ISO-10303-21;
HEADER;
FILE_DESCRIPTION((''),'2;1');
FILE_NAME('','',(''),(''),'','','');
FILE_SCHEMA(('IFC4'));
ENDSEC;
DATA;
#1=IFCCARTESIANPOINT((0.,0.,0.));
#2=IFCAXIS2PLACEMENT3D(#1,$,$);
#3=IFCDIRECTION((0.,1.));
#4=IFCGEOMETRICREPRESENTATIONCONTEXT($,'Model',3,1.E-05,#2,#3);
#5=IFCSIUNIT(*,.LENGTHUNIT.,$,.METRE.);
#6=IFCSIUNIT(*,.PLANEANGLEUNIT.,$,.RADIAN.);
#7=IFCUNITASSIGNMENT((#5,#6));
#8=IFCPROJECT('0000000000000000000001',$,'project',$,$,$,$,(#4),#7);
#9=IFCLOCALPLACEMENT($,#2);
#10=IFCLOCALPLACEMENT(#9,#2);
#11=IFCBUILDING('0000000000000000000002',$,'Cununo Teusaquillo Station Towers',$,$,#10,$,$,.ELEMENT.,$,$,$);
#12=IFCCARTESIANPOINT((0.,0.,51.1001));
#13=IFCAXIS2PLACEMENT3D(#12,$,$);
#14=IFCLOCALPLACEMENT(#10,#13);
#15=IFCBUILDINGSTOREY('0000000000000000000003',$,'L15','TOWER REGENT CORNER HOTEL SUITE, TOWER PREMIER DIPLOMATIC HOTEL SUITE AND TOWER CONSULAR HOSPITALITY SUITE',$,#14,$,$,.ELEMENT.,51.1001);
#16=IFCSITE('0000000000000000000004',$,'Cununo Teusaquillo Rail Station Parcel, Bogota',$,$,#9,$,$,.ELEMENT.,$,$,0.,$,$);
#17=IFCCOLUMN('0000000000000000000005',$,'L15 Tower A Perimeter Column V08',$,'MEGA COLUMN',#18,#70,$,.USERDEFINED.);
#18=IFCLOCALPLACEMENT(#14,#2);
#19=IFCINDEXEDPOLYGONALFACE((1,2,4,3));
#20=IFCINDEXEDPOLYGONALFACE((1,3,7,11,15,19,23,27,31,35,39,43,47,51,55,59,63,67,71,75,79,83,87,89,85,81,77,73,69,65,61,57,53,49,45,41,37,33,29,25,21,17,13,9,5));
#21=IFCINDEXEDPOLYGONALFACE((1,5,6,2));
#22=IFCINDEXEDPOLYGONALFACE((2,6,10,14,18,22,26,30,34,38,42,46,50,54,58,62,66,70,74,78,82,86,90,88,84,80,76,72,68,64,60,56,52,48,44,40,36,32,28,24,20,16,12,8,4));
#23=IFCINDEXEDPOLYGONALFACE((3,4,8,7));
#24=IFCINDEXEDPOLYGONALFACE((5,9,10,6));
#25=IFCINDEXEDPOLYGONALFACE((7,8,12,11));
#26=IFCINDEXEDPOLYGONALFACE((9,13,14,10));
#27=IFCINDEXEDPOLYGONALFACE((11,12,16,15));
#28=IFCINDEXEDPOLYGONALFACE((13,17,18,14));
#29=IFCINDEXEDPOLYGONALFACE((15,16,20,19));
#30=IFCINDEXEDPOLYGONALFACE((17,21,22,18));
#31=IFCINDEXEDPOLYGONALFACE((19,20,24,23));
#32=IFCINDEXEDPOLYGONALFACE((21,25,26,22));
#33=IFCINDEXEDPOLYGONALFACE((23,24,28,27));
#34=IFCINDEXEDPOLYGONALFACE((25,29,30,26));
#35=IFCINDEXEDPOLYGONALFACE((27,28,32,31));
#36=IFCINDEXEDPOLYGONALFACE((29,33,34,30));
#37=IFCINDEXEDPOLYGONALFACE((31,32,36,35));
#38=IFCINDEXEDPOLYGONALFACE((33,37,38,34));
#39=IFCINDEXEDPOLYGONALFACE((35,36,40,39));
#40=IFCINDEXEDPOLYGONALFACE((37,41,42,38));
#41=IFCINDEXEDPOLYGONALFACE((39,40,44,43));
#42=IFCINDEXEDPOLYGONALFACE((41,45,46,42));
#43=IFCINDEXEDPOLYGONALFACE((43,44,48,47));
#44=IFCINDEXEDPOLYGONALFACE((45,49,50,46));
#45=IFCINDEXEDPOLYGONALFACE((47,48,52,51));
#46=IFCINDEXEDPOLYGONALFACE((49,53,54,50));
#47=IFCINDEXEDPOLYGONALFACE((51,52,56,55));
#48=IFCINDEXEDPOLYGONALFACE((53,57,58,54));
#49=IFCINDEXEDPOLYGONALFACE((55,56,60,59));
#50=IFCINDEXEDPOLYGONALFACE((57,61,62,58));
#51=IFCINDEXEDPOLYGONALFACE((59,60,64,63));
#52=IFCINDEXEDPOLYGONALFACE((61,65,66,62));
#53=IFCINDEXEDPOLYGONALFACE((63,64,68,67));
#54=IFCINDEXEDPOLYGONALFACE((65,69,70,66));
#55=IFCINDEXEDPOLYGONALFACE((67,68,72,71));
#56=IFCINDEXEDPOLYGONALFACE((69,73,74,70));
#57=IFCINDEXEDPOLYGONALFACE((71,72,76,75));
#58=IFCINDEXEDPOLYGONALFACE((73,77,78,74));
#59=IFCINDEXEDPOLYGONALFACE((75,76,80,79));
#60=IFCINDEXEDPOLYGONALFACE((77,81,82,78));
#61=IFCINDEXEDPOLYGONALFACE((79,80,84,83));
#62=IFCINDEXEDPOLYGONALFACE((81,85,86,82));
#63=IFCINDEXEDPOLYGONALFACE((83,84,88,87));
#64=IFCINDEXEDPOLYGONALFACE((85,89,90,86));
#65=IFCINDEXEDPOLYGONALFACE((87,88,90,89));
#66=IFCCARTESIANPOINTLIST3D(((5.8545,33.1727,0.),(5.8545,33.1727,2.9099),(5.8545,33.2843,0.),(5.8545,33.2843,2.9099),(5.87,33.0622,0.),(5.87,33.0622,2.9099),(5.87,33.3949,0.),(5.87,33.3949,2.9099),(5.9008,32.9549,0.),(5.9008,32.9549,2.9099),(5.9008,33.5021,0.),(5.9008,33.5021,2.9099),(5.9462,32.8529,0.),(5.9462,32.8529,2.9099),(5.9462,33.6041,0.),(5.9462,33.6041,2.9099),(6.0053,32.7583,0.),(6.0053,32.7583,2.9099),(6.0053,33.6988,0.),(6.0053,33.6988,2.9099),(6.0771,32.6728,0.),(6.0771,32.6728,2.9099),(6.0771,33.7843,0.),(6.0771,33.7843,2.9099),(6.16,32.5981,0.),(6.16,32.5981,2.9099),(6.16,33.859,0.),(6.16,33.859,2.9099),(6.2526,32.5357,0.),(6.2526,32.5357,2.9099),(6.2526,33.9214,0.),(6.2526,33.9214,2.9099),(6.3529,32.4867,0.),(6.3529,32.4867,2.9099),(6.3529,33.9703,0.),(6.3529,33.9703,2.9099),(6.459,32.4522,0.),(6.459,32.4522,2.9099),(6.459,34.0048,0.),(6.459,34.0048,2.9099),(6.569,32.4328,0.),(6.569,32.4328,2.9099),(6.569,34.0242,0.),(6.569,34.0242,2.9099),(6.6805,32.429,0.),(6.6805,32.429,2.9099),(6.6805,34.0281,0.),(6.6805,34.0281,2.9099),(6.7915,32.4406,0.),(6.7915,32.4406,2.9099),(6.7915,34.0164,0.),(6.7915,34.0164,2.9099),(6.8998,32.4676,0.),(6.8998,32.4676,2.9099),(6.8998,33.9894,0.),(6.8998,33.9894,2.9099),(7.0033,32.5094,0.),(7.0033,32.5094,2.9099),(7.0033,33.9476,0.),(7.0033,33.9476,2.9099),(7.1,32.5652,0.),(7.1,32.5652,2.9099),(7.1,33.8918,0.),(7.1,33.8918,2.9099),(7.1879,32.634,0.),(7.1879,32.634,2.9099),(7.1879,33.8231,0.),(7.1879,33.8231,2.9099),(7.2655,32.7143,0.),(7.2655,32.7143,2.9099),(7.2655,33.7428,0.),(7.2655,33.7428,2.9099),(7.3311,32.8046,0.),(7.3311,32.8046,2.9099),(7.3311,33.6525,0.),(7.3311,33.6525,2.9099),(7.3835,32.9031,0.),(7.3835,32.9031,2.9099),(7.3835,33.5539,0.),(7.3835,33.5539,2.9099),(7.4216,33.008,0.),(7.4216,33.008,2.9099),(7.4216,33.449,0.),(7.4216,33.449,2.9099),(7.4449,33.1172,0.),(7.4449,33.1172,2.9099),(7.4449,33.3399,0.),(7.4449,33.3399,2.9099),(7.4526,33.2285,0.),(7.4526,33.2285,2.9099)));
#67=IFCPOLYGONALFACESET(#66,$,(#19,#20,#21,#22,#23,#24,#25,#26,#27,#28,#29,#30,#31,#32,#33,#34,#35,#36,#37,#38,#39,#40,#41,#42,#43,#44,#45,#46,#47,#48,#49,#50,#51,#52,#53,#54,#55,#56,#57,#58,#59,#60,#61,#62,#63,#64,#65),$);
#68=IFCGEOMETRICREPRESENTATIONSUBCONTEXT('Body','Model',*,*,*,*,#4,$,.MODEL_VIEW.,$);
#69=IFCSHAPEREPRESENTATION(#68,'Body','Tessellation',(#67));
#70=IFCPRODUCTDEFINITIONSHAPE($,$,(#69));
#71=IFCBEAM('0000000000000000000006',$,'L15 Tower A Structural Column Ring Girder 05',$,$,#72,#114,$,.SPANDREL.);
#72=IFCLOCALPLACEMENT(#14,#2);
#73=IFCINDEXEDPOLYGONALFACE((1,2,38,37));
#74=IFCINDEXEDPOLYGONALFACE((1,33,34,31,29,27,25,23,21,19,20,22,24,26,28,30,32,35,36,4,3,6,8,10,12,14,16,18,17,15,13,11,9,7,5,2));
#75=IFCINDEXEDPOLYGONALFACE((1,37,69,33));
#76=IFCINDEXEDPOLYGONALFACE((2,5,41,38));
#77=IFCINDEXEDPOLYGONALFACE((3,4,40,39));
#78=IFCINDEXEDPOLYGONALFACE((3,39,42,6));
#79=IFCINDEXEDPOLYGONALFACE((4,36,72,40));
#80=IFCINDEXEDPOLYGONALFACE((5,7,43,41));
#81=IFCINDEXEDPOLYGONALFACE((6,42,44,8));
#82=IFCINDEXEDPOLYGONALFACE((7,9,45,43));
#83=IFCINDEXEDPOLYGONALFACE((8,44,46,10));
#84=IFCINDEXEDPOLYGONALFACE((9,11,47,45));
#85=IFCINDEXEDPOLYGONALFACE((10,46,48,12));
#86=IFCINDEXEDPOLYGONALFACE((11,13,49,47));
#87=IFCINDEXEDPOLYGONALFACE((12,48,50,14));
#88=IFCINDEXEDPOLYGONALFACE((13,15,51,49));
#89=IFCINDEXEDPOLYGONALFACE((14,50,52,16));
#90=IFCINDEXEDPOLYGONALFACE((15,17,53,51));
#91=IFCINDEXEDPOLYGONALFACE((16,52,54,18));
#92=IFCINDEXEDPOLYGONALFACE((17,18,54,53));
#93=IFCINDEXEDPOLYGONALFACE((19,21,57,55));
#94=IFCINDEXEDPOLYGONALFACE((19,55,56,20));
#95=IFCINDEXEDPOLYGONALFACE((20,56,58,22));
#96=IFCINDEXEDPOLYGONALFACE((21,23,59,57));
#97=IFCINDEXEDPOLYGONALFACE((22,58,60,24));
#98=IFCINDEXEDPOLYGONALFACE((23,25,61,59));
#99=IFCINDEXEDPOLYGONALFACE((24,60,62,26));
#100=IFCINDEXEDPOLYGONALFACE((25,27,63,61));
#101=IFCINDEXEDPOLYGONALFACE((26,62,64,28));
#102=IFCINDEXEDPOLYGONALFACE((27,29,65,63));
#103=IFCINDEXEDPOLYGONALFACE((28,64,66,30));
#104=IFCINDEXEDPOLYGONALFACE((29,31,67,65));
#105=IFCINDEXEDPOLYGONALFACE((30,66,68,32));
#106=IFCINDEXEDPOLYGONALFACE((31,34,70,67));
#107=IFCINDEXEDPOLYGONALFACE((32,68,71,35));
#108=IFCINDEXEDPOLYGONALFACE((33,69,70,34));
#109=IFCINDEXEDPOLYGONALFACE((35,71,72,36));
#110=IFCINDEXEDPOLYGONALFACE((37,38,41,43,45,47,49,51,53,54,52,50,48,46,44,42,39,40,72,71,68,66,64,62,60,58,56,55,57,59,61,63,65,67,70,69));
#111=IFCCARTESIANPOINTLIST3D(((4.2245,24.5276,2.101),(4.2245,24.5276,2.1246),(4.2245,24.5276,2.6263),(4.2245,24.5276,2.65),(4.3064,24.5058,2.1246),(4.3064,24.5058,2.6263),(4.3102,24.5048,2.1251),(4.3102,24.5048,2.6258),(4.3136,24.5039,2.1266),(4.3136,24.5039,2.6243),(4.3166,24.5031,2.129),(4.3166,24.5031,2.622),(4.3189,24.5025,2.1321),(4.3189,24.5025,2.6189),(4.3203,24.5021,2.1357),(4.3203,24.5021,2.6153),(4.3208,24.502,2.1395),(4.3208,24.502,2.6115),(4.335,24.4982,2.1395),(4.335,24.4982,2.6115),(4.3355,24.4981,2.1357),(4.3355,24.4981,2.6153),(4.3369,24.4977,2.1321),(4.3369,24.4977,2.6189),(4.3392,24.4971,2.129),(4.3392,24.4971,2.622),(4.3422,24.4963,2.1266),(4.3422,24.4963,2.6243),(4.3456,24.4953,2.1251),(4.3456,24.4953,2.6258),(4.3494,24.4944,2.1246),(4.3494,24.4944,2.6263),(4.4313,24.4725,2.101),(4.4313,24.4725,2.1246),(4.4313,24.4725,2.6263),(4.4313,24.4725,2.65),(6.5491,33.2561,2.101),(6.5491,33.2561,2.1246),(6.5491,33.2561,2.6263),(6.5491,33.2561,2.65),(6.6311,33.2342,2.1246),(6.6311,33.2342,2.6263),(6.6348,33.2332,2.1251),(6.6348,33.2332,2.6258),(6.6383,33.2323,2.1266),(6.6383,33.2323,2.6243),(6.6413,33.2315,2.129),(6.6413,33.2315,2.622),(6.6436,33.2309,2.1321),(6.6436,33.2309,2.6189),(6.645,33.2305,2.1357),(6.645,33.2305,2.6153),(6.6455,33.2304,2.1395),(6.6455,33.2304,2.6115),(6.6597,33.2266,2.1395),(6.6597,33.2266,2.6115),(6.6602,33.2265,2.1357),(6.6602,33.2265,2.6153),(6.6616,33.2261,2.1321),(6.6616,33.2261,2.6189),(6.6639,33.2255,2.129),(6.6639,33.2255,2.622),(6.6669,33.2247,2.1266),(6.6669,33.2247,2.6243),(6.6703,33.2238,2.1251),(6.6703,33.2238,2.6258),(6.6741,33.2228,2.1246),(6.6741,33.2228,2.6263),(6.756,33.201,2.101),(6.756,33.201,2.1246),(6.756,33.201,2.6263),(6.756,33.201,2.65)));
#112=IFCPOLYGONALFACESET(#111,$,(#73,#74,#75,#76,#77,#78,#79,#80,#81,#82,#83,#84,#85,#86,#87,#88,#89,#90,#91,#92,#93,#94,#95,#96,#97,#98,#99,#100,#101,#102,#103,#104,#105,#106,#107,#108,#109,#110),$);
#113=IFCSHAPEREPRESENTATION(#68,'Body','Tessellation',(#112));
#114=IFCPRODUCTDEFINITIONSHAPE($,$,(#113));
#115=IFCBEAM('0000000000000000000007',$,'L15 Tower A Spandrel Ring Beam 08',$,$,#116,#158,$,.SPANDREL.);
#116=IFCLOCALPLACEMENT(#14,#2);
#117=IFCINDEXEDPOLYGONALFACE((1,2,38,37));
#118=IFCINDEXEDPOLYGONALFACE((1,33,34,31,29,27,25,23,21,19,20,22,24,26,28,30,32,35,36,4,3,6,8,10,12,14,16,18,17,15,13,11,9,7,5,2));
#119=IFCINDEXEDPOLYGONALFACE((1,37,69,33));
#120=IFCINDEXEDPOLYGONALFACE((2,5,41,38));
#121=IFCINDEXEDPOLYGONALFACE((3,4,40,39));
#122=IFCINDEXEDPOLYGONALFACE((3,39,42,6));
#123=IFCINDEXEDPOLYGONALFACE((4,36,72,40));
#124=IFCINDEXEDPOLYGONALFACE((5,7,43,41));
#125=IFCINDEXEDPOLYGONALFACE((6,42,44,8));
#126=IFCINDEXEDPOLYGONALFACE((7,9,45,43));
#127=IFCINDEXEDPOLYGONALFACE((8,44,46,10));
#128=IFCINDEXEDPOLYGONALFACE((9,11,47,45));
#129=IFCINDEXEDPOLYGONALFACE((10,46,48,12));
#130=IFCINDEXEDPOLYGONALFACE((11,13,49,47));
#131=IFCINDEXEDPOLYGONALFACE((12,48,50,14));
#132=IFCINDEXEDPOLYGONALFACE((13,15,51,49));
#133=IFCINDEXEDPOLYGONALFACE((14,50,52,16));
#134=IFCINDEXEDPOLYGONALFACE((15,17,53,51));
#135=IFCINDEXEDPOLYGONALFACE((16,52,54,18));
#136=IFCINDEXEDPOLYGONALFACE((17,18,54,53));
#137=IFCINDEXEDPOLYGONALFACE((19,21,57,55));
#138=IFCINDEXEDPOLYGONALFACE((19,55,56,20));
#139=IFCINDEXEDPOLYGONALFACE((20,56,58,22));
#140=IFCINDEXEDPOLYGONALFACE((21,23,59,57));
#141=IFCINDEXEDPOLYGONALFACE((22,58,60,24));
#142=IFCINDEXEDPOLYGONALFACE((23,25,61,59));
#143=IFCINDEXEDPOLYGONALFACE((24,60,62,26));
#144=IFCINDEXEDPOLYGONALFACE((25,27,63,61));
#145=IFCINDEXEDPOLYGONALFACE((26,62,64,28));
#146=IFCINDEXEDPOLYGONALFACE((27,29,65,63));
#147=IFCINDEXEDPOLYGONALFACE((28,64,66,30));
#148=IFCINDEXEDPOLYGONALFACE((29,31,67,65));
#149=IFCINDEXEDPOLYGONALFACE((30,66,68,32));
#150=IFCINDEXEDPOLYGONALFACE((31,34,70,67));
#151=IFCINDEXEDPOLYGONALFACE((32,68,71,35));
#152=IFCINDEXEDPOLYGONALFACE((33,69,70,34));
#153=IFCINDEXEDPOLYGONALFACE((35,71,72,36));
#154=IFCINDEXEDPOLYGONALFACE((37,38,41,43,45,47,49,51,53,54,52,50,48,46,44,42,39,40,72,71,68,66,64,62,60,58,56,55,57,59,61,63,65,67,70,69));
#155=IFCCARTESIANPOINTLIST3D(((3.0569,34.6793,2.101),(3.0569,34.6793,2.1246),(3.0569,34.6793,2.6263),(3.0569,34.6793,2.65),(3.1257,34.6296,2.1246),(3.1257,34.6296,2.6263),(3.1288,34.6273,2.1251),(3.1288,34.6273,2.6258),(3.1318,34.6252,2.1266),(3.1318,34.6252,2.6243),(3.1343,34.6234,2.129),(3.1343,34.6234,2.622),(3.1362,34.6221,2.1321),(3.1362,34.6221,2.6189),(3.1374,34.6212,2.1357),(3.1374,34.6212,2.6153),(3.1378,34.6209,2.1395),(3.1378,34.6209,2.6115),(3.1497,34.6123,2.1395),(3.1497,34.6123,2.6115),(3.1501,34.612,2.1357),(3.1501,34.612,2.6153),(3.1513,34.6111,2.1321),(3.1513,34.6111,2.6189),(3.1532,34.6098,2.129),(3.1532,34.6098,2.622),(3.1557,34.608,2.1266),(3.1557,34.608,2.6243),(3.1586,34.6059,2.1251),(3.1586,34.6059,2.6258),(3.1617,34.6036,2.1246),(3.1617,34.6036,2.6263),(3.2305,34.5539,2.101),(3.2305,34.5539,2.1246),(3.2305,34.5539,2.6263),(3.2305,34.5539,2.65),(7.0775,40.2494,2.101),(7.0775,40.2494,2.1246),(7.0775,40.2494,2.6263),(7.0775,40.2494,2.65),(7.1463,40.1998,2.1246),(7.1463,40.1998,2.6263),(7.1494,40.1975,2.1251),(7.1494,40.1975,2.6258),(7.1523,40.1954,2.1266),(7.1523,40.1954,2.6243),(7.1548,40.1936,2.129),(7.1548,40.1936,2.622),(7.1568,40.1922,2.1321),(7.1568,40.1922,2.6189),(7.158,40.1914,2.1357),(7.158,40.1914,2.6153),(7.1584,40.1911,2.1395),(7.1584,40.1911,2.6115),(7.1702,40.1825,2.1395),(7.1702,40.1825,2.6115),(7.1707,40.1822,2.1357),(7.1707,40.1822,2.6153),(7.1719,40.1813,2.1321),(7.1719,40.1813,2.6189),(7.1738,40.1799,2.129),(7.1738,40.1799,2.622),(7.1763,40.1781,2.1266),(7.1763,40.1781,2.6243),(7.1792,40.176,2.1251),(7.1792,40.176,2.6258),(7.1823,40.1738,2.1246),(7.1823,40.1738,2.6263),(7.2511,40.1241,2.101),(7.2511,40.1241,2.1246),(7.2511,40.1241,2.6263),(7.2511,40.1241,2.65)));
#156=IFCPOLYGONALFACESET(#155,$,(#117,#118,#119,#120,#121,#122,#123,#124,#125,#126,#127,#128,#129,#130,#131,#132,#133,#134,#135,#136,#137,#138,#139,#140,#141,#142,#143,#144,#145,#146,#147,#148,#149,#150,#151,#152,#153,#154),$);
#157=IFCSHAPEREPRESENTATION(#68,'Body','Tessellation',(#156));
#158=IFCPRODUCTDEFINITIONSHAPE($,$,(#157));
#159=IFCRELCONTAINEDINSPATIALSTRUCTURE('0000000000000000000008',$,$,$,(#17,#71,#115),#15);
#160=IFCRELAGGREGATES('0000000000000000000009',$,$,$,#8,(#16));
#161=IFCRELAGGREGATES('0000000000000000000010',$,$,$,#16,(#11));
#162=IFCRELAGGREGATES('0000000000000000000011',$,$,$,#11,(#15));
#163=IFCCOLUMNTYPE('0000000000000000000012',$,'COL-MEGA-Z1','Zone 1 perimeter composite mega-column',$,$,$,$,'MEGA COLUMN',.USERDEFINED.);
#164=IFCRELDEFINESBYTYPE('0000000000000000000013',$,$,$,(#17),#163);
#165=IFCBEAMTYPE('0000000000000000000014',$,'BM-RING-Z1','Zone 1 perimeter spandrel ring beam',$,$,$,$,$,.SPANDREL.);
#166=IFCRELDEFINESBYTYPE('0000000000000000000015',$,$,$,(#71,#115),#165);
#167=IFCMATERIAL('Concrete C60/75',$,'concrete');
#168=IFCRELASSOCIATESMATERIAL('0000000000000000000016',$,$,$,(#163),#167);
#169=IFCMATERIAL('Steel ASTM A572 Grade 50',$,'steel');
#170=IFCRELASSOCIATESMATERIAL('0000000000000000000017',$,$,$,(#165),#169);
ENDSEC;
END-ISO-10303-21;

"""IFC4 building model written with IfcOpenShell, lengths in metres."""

from ifc_helpers import new_model, si_unit, direction, frame, origin, origin_2d, place, context, subcontext, project, spatial, circle, i_section, extrude, material, material_profile, profile_set, type_object, element, save


model = new_model("IFC4")

# Units and contexts
model_context = context("Model", 3, precision=1e-05, world=origin(), true_north=direction((0.0, 1.0)))
body_context = subcontext(model_context, "Body", "Model", "MODEL_VIEW")
ifc_project = project(units=[si_unit("LENGTHUNIT", "METRE"), si_unit("PLANEANGLEUNIT", "RADIAN")], contexts=[model_context])

# Site, building, storey
site_placement = place(None, origin())
site = spatial("IfcSite", under=ifc_project, at=site_placement, Name="Cununo Teusaquillo Rail Station Parcel, Bogota", CompositionType="ELEMENT", RefElevation=0.0)
building_placement = place(site_placement, origin())
building = spatial("IfcBuilding", under=site, at=building_placement, Name="Cununo Teusaquillo Station Towers", CompositionType="ELEMENT")
storey_placement = place(building_placement, frame((0.0, 0.0, 51.1001)))
storey = spatial("IfcBuildingStorey", under=building, at=storey_placement, Name="L15", Description="TOWER REGENT CORNER HOTEL SUITE, TOWER PREMIER DIPLOMATIC HOTEL SUITE AND TOWER CONSULAR HOSPITALITY SUITE", CompositionType="ELEMENT", Elevation=51.1001)

# Column
ifc_material_1 = material(Name="Concrete C60/75", Category="concrete")
ifc_material_profile_1 = material_profile(ifc_material_1, circle(Radius=0.8, at=origin_2d()), Name="RC-CIRC-1600")
ifc_profile_set_1 = profile_set([ifc_material_profile_1], Name="Concrete C60/75")
column_type = type_object("IfcColumnType", Name="COL-MEGA-Z1", Description="Zone 1 perimeter composite mega-column", ElementType="MEGA COLUMN", PredefinedType="USERDEFINED", material=ifc_profile_set_1)
column_placement = place(storey_placement, frame((6.6526, 33.2285, 0.0), z_axis=(0.0, 0.0, 1.0), x_axis=(1.0, 0.0, 0.0)))
element("IfcColumn", 1, at=column_placement, inside=storey, type_object=column_type, Name="L15 Tower A Perimeter Column V08", ObjectType="MEGA COLUMN", PredefinedType="USERDEFINED", context=body_context, shape_type="SweptSolid", body=[
    extrude(circle(Radius=0.8, at=origin_2d()), origin(), (0.0, 0.0, 1.0), 2.9099),
])

# Beams
ifc_material_2 = material(Name="Steel ASTM A572 Grade 50", Category="steel")
ifc_material_profile_2 = material_profile(ifc_material_2, i_section(OverallWidth=0.2141, OverallDepth=0.5491, WebThickness=0.0146, FlangeThickness=0.0237, FilletRadius=0.0149, at=origin_2d()), Name="W21X93")
ifc_profile_set_2 = profile_set([ifc_material_profile_2], Name="Steel ASTM A572 Grade 50")
beam_type = type_object("IfcBeamType", Name="BM-RING-Z1", Description="Zone 1 perimeter spandrel ring beam", PredefinedType="SPANDREL", material=ifc_profile_set_2)
beam_1_placement = place(storey_placement, frame((6.6526, 33.2285, 2.3755), z_axis=(-0.257363, -0.966315, 0.0), x_axis=(0.966315, -0.257363, 0.0)))
element("IfcBeam", 2, at=beam_1_placement, inside=storey, type_object=beam_type, Name="L15 Tower A Structural Column Ring Girder 05", PredefinedType="SPANDREL", context=body_context, shape_type="SweptSolid", body=[
    extrude(i_section(OverallWidth=0.2141, OverallDepth=0.5491, WebThickness=0.0146, FlangeThickness=0.0237, FilletRadius=0.0149, at=origin_2d()), origin(), (0.0, 0.0, 1.0), 9.0327),
])
beam_2_placement = place(storey_placement, frame((7.1643, 40.1868, 2.3755), z_axis=(-0.585269, -0.810839, 0.0), x_axis=(0.810839, -0.585269, 0.0)))
element("IfcBeam", 3, at=beam_2_placement, inside=storey, type_object=beam_type, Name="L15 Tower A Spandrel Ring Beam 08", PredefinedType="SPANDREL", context=body_context, shape_type="SweptSolid", body=[
    extrude(i_section(OverallWidth=0.2141, OverallDepth=0.5491, WebThickness=0.0146, FlangeThickness=0.0237, FilletRadius=0.0149, at=origin_2d()), origin(), (0.0, 0.0, 1.0), 6.8696),
])

save(model, "model.ifc")
